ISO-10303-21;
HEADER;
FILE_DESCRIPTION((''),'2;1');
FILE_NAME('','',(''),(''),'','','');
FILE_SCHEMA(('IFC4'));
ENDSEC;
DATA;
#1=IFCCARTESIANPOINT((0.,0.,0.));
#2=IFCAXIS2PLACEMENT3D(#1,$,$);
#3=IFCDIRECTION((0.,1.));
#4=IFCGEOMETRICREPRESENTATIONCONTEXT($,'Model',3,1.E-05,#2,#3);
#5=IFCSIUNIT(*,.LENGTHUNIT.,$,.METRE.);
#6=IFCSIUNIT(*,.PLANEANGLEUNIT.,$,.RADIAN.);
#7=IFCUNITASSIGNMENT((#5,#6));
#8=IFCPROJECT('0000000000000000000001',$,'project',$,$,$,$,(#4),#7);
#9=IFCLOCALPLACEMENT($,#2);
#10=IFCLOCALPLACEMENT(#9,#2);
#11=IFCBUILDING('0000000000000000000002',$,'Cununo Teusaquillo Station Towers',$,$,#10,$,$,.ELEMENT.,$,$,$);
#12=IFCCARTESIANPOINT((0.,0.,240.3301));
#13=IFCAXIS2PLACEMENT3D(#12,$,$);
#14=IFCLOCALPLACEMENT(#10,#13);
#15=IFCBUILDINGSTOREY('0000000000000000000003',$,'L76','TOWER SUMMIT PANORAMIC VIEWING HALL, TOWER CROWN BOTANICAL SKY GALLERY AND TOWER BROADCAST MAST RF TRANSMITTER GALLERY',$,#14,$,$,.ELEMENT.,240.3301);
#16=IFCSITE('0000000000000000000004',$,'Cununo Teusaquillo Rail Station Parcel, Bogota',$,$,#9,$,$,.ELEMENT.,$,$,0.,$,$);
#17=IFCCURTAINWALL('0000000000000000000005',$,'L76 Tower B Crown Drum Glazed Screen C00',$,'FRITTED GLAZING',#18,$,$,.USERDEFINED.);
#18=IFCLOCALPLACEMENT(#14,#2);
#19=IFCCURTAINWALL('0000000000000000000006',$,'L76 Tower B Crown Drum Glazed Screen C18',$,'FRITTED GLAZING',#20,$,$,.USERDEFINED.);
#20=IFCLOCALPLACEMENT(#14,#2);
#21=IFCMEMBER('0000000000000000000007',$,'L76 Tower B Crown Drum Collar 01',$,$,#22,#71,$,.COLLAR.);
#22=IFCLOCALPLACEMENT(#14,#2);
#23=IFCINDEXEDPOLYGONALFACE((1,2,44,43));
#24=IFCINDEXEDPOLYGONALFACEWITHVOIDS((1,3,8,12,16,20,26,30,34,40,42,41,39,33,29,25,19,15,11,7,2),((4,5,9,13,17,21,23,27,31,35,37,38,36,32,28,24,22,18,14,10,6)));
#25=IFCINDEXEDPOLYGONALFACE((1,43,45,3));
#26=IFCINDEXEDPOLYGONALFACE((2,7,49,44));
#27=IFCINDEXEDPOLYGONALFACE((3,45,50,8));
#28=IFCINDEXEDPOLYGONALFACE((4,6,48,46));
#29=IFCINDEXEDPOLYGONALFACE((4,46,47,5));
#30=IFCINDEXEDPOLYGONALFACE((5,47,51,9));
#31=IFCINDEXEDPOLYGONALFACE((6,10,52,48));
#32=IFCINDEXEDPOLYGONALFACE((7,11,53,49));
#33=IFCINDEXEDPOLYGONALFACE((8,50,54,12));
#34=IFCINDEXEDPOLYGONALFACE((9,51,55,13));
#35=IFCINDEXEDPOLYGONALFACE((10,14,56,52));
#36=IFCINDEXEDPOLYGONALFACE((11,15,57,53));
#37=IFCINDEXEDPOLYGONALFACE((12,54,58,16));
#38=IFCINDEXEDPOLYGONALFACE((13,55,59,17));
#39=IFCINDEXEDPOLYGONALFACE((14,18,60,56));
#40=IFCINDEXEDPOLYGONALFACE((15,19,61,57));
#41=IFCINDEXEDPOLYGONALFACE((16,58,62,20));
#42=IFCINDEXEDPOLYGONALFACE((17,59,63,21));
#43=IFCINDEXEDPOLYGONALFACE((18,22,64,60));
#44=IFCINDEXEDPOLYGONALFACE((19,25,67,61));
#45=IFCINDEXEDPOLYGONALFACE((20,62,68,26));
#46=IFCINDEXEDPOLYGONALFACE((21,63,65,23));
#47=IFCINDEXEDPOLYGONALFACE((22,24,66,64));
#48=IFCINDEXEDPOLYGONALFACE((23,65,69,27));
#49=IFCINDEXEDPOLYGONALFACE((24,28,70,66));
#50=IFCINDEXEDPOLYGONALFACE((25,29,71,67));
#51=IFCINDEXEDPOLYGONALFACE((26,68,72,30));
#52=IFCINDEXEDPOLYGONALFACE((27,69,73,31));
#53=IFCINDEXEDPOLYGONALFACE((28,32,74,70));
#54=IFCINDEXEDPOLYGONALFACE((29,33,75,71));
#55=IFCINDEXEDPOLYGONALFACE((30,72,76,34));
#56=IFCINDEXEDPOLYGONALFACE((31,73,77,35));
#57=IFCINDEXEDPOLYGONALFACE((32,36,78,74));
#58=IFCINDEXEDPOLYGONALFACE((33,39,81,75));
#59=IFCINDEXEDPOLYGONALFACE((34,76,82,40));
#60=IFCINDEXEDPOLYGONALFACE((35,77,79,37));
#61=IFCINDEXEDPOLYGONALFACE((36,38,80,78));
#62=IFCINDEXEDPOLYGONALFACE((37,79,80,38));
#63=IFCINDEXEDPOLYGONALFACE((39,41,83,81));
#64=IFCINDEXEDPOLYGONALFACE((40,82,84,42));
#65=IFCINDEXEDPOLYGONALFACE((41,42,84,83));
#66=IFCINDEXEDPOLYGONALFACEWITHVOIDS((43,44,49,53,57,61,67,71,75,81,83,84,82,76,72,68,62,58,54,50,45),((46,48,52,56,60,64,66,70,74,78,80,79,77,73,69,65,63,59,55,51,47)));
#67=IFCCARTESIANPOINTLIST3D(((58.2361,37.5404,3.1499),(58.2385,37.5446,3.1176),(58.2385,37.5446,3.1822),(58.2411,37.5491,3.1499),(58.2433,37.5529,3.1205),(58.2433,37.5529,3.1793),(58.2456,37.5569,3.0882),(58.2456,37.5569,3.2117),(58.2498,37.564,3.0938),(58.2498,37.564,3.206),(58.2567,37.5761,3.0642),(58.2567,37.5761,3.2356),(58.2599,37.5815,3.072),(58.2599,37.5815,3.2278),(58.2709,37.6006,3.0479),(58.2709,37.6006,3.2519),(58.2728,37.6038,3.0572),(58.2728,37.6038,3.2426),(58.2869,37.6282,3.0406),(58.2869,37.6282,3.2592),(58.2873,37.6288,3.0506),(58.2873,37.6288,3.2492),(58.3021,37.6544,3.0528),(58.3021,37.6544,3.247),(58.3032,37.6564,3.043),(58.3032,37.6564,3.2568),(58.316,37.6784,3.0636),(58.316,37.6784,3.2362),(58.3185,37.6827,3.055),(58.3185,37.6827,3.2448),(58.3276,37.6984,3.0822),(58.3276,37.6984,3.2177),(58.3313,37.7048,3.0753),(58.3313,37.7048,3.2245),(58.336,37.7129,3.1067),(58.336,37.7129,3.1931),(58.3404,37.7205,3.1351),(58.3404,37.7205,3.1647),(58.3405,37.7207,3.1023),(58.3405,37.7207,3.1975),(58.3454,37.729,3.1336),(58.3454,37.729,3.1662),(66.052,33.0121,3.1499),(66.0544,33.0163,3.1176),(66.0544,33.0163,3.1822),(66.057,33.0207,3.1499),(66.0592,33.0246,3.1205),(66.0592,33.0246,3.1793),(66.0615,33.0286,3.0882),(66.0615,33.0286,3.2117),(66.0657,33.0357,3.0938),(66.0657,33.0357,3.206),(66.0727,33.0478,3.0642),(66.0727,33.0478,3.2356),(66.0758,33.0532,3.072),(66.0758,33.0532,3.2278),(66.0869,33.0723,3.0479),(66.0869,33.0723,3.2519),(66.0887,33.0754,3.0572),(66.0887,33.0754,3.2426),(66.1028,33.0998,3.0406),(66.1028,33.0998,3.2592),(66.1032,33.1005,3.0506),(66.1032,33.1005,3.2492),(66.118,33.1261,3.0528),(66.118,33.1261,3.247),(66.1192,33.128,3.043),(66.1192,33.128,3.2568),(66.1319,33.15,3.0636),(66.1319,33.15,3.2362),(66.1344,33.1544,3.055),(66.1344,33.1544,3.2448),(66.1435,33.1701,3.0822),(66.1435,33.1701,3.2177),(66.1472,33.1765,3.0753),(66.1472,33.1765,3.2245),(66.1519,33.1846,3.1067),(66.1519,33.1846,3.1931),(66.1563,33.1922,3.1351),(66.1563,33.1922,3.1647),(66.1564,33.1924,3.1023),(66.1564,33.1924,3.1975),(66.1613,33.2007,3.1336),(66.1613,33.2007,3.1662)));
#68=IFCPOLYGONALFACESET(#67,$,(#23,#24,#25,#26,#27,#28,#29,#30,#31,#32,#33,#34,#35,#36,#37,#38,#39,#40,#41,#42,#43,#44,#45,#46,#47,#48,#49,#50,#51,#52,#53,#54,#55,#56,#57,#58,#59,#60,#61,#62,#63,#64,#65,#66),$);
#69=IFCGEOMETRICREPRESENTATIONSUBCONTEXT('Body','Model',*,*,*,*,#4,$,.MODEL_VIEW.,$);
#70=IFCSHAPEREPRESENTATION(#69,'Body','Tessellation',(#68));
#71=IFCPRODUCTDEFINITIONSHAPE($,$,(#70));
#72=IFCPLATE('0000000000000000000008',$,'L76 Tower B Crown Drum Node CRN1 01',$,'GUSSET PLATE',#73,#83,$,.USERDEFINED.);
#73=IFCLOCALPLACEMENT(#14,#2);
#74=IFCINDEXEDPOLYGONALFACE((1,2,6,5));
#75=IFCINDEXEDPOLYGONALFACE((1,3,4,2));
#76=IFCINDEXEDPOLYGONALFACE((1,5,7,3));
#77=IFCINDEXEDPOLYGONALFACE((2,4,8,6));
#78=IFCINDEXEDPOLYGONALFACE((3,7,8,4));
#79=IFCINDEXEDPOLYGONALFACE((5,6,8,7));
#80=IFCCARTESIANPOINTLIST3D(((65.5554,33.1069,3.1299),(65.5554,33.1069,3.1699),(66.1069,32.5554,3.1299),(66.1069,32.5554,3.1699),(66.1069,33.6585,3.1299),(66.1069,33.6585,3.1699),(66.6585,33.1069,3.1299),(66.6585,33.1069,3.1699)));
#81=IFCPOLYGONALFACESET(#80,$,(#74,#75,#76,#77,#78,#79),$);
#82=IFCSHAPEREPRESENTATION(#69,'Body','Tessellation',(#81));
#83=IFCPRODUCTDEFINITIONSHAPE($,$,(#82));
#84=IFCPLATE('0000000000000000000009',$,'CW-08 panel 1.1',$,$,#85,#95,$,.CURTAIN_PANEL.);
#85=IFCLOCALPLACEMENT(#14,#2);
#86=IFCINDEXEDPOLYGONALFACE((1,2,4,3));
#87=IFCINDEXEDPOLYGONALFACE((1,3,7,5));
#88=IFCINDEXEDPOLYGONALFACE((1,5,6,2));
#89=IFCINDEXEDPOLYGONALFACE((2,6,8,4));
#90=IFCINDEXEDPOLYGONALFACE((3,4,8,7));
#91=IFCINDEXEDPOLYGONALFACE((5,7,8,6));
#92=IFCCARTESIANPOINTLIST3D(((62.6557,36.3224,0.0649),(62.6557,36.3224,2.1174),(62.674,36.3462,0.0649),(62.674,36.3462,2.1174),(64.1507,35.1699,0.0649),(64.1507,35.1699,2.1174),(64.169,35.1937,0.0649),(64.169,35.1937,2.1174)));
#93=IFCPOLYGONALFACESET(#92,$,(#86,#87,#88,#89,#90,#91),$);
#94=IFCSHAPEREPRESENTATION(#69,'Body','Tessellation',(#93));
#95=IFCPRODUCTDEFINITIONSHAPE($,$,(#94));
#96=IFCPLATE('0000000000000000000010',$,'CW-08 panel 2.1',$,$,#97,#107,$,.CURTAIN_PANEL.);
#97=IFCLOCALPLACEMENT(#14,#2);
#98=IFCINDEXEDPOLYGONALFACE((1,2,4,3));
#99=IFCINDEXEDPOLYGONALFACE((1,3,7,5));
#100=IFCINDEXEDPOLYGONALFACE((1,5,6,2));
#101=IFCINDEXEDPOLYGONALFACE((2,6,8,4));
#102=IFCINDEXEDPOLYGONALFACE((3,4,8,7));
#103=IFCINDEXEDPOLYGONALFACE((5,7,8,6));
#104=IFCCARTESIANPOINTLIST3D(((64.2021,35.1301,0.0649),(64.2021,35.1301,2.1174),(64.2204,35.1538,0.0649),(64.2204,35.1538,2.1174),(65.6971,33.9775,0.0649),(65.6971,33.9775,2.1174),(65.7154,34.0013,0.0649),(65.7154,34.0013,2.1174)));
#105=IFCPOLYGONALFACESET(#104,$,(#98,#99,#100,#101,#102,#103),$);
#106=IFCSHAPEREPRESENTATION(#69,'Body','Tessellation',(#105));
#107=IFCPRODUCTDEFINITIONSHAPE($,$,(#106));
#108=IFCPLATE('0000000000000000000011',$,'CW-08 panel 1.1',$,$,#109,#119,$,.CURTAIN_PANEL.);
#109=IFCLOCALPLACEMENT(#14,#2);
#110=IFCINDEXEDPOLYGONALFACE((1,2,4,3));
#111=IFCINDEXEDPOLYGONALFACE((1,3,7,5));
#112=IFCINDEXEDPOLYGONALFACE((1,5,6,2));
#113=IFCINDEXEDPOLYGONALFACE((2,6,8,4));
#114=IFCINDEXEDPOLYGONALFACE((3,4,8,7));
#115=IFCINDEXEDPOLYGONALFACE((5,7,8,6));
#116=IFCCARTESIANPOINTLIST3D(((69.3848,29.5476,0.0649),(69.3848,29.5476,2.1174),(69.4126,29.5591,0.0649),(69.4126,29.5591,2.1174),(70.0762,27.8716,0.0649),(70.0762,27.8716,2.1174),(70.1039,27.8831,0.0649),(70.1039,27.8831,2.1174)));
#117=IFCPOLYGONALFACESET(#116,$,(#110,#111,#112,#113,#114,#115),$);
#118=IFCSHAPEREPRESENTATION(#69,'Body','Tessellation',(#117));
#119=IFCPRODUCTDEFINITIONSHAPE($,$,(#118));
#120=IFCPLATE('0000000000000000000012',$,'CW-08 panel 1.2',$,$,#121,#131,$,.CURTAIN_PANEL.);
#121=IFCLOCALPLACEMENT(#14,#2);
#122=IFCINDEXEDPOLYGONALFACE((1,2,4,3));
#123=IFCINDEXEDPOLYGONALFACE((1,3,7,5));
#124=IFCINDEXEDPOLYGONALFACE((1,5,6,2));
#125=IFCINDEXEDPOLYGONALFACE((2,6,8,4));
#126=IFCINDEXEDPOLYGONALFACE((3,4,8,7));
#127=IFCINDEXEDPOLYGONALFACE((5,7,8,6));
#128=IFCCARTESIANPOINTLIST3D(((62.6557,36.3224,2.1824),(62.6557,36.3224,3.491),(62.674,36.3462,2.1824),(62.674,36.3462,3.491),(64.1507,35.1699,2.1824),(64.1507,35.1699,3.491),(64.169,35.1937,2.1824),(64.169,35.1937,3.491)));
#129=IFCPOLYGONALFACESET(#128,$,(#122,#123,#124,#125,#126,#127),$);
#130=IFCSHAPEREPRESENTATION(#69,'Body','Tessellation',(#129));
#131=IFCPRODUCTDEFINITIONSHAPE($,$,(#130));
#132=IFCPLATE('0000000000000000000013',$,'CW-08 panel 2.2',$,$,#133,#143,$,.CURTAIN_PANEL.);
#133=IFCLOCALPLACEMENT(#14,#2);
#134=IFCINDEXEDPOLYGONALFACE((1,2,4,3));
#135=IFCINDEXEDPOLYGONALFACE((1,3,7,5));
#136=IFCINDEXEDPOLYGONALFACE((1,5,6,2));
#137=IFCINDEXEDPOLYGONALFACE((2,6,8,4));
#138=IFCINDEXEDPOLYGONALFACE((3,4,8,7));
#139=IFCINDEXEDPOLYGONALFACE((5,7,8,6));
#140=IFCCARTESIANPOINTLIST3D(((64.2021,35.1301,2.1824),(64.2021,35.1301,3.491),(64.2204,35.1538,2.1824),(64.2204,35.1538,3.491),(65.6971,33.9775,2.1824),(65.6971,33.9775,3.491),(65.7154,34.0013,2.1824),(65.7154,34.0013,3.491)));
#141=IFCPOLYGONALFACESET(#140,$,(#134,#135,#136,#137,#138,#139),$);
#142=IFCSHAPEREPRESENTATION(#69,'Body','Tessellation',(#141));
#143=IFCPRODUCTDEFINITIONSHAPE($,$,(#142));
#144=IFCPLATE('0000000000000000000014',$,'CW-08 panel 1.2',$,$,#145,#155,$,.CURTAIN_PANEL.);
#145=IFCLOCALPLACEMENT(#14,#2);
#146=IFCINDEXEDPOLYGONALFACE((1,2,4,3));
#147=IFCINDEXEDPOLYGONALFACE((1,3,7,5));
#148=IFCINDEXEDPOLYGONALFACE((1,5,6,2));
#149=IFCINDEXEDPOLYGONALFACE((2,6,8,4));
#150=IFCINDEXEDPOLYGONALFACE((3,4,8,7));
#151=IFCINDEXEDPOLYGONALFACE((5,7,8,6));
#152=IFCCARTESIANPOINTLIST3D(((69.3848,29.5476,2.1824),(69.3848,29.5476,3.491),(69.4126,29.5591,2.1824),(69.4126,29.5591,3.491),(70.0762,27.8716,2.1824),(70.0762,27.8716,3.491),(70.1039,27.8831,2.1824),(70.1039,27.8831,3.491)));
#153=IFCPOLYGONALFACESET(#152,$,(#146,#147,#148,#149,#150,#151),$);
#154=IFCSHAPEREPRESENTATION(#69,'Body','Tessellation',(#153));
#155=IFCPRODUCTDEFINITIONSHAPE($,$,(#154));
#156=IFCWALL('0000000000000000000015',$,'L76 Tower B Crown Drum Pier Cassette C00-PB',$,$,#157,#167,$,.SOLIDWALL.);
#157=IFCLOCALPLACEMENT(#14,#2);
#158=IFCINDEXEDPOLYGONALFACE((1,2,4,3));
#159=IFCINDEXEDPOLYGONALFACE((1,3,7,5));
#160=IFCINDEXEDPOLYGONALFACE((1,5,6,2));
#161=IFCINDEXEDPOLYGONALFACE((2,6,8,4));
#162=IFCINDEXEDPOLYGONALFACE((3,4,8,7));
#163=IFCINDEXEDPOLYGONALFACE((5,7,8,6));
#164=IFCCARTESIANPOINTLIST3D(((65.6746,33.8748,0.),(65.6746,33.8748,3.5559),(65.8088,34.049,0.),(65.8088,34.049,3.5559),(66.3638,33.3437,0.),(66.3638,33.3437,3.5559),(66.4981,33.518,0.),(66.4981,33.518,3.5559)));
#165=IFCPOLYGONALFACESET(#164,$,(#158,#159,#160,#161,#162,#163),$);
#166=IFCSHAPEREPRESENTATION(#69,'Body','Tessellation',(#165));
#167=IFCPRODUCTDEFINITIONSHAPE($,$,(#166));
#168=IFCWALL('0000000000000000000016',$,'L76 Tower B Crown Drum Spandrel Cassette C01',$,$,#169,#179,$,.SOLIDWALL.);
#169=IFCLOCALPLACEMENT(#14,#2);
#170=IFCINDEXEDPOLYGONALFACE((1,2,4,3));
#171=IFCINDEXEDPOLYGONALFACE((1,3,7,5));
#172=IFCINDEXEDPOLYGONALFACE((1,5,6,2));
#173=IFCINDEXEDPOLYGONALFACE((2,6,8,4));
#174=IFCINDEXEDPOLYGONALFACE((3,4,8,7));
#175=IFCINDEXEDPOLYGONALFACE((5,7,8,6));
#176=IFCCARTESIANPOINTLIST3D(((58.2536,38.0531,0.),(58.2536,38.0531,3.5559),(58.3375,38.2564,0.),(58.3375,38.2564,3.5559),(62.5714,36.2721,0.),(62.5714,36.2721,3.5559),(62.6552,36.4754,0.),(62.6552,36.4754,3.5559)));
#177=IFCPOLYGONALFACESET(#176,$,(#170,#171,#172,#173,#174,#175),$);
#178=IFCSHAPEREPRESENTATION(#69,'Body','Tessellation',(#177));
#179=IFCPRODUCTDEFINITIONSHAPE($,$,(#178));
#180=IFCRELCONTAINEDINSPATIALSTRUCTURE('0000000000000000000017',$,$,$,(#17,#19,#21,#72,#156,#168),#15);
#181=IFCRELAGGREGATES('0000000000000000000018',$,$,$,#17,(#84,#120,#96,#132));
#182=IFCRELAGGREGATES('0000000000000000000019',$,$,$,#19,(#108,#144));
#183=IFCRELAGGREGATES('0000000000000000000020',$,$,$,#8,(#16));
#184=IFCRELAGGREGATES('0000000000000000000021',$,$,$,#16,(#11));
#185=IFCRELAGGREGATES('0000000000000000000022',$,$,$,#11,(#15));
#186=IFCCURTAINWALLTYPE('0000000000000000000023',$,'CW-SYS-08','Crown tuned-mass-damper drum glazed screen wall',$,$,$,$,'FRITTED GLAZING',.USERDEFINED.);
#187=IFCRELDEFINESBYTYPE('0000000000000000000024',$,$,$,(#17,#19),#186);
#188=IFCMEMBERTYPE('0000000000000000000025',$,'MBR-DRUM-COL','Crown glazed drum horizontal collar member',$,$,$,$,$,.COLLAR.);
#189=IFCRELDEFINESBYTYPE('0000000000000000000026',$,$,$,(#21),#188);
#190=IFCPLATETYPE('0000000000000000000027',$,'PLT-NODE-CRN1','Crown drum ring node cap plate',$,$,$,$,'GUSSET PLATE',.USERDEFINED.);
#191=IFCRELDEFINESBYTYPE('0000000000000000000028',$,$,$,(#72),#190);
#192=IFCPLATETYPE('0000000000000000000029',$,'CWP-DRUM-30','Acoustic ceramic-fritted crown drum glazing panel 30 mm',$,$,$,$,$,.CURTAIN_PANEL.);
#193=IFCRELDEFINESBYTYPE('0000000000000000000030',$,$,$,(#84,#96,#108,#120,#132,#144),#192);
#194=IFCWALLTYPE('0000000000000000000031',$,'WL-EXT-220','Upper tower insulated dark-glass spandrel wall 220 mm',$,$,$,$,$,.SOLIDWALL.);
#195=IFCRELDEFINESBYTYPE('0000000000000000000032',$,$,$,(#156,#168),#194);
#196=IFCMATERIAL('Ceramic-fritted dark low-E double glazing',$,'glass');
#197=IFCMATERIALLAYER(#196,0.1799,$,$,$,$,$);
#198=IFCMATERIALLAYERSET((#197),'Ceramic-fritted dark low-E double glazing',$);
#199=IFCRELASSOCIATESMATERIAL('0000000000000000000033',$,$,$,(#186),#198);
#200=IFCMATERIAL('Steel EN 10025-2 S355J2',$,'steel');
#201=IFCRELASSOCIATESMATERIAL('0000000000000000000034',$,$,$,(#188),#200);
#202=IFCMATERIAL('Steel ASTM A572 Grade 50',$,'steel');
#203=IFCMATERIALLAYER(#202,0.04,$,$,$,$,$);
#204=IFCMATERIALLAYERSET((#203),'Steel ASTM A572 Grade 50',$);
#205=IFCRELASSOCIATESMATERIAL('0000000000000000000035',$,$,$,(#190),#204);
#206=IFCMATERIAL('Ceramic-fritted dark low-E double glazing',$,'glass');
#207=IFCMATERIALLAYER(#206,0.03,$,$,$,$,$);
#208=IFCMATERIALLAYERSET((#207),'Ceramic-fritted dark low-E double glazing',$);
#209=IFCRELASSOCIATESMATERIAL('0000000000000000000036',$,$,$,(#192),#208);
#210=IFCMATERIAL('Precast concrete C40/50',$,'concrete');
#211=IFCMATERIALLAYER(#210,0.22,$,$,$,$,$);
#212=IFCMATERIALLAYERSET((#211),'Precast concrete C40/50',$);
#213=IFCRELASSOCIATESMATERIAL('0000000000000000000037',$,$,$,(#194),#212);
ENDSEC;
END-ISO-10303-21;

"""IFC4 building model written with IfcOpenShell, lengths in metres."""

from ifc_helpers import new_model, si_unit, direction, frame, frame_2d, origin, origin_2d, place, context, subcontext, project, spatial, rectangle, hollow_circle, extrude, source, transform, mapped, material, layer, layer_set, material_profile, profile_set, type_object, element, aggregate, save


model = new_model("IFC4")

# Units and contexts
model_context = context("Model", 3, precision=1e-05, world=origin(), true_north=direction((0.0, 1.0)))
body_context = subcontext(model_context, "Body", "Model", "MODEL_VIEW")
ifc_project = project(units=[si_unit("LENGTHUNIT", "METRE"), si_unit("PLANEANGLEUNIT", "RADIAN")], contexts=[model_context])

# Site, building, storey
site_placement = place(None, origin())
site = spatial("IfcSite", under=ifc_project, at=site_placement, Name="Cununo Teusaquillo Rail Station Parcel, Bogota", CompositionType="ELEMENT", RefElevation=0.0)
building_placement = place(site_placement, origin())
building = spatial("IfcBuilding", under=site, at=building_placement, Name="Cununo Teusaquillo Station Towers", CompositionType="ELEMENT")
storey_placement = place(building_placement, frame((0.0, 0.0, 240.3301)))
storey = spatial("IfcBuildingStorey", under=building, at=storey_placement, Name="L76", Description="TOWER SUMMIT PANORAMIC VIEWING HALL, TOWER CROWN BOTANICAL SKY GALLERY AND TOWER BROADCAST MAST RF TRANSMITTER GALLERY", CompositionType="ELEMENT", Elevation=240.3301)

# Curtain wall
ifc_material_1 = material(Name="Ceramic-fritted dark low-E double glazing", Category="glass")
ifc_layer_1 = layer(ifc_material_1, 0.1799)
ifc_layer_set_1 = layer_set([ifc_layer_1], Name="Ceramic-fritted dark low-E double glazing")
curtain_wall_type = type_object("IfcCurtainWallType", Name="CW-SYS-08", Description="Crown tuned-mass-damper drum glazed screen wall", ElementType="FRITTED GLAZING", PredefinedType="USERDEFINED", material=ifc_layer_set_1)
curtain_wall_1_placement = place(storey_placement, origin())
curtain_wall_1 = element("IfcCurtainWall", 1, at=curtain_wall_1_placement, inside=storey, type_object=curtain_wall_type, Name="L76 Tower B Crown Drum Glazed Screen C00", ObjectType="FRITTED GLAZING", PredefinedType="USERDEFINED")

# Curtain wall
curtain_wall_2_placement = place(storey_placement, origin())
curtain_wall_2 = element("IfcCurtainWall", 2, at=curtain_wall_2_placement, inside=storey, type_object=curtain_wall_type, Name="L76 Tower B Crown Drum Glazed Screen C18", ObjectType="FRITTED GLAZING", PredefinedType="USERDEFINED")

# Member
ifc_material_2 = material(Name="Steel EN 10025-2 S355J2", Category="steel")
ifc_material_profile_1 = material_profile(ifc_material_2, hollow_circle(Radius=0.1096, WallThickness=0.01, at=origin_2d()), Name="CHS 219x10")
ifc_profile_set_1 = profile_set([ifc_material_profile_1], Name="Steel EN 10025-2 S355J2")
member_type_1 = type_object("IfcMemberType", Name="MBR-DRUM-COL", Description="Crown glazed drum horizontal collar member", PredefinedType="COLLAR", material=ifc_profile_set_1)
member_1_placement = place(storey_placement, frame((66.1069, 33.1069, 3.1499), z_axis=(-0.865267, 0.501311, 0.0), x_axis=(-0.501311, -0.865267, 0.0)))
element("IfcMember", 3, at=member_1_placement, inside=storey, type_object=member_type_1, Name="L76 Tower B Crown Drum Collar 01", PredefinedType="COLLAR", context=body_context, shape_type="SweptSolid", body=[
    extrude(hollow_circle(Radius=0.1096, WallThickness=0.01, at=origin_2d()), origin(), (0.0, 0.0, 1.0), 9.033),
])

# Plates
ifc_material_3 = material(Name="Steel ASTM A572 Grade 50", Category="steel")
ifc_layer_2 = layer(ifc_material_3, 0.04)
ifc_layer_set_2 = layer_set([ifc_layer_2], Name="Steel ASTM A572 Grade 50")
plate_type_1 = type_object("IfcPlateType", Name="PLT-NODE-CRN1", Description="Crown drum ring node cap plate", ElementType="GUSSET PLATE", PredefinedType="USERDEFINED", material=ifc_layer_set_2)
shared_shape_1 = source(origin(), body_context, "Body", "SweptSolid", [
    extrude(rectangle(XDim=0.78, YDim=0.78, at=origin_2d()), origin(), (0.0, 0.0, 1.0), 0.04),
])
plate_1_placement = place(storey_placement, frame((66.1069, 33.1069, 3.1299), z_axis=(0.0, 0.0, 1.0), x_axis=(0.707107, 0.707107, 0.0)))
element("IfcPlate", 4, at=plate_1_placement, inside=storey, type_object=plate_type_1, Name="L76 Tower B Crown Drum Node CRN1 01", ObjectType="GUSSET PLATE", PredefinedType="USERDEFINED", context=body_context, shape_type="MappedRepresentation", body=[
    mapped(shared_shape_1, transform((0.0, 0.0, 0.0), x_axis=(1.0, 0.0, 0.0), y_axis=(0.0, 1.0, 0.0), z_axis=(0.0, 0.0, 1.0), scale=1.0)),
])
ifc_material_4 = material(Name="Ceramic-fritted dark low-E double glazing", Category="glass")
ifc_layer_3 = layer(ifc_material_4, 0.03)
ifc_layer_set_3 = layer_set([ifc_layer_3], Name="Ceramic-fritted dark low-E double glazing")
plate_type_2 = type_object("IfcPlateType", Name="CWP-DRUM-30", Description="Acoustic ceramic-fritted crown drum glazing panel 30 mm", PredefinedType="CURTAIN_PANEL", material=ifc_layer_set_3)
shared_shape_2 = source(origin(), body_context, "Body", "SweptSolid", [
    extrude(rectangle(XDim=1.8877, YDim=0.03, at=origin_2d()), origin(), (0.0, 0.0, 1.0), 2.0525),
])
plate_2_placement = place(storey_placement, frame((63.4124, 35.7581, 0.0649), z_axis=(0.0, 0.0, 1.0), x_axis=(0.791965, -0.610566, 0.0)))
plate_2 = element("IfcPlate", 5, at=plate_2_placement, type_object=plate_type_2, Name="CW-08 panel 1.1", PredefinedType="CURTAIN_PANEL", context=body_context, shape_type="MappedRepresentation", body=[
    mapped(shared_shape_2, transform((0.0, 0.0, 0.0), x_axis=(1.0, 0.0, 0.0), y_axis=(0.0, 1.0, 0.0), z_axis=(0.0, 0.0, 1.0), scale=1.0)),
])
plate_3_placement = place(storey_placement, frame((64.9587, 34.5657, 0.0649), z_axis=(0.0, 0.0, 1.0), x_axis=(0.791965, -0.610566, 0.0)))
plate_3 = element("IfcPlate", 6, at=plate_3_placement, type_object=plate_type_2, Name="CW-08 panel 2.1", PredefinedType="CURTAIN_PANEL", context=body_context, shape_type="MappedRepresentation", body=[
    mapped(shared_shape_2, transform((0.0, 0.0, 0.0), x_axis=(1.0, 0.0, 0.0), y_axis=(0.0, 1.0, 0.0), z_axis=(0.0, 0.0, 1.0), scale=1.0)),
])
shared_shape_3 = source(origin(), body_context, "Body", "SweptSolid", [
    extrude(rectangle(XDim=1.813, YDim=0.03, at=origin_2d()), origin(), (0.0, 0.0, 1.0), 2.0525),
])
plate_4_placement = place(storey_placement, frame((69.7444, 28.7153, 0.0649), z_axis=(0.0, 0.0, 1.0), x_axis=(0.381311, -0.924447, 0.0)))
plate_4 = element("IfcPlate", 7, at=plate_4_placement, type_object=plate_type_2, Name="CW-08 panel 1.1", PredefinedType="CURTAIN_PANEL", context=body_context, shape_type="MappedRepresentation", body=[
    mapped(shared_shape_3, transform((0.0, 0.0, 0.0), x_axis=(1.0, 0.0, 0.0), y_axis=(0.0, 1.0, 0.0), z_axis=(0.0, 0.0, 1.0), scale=1.0)),
])
shared_shape_4 = source(origin(), body_context, "Body", "SweptSolid", [
    extrude(rectangle(XDim=1.8877, YDim=0.03, at=origin_2d()), origin(), (0.0, 0.0, 1.0), 1.3086),
])
plate_5_placement = place(storey_placement, frame((63.4124, 35.7581, 2.1824), z_axis=(0.0, 0.0, 1.0), x_axis=(0.791965, -0.610566, 0.0)))
plate_5 = element("IfcPlate", 8, at=plate_5_placement, type_object=plate_type_2, Name="CW-08 panel 1.2", PredefinedType="CURTAIN_PANEL", context=body_context, shape_type="MappedRepresentation", body=[
    mapped(shared_shape_4, transform((0.0, 0.0, 0.0), x_axis=(1.0, 0.0, 0.0), y_axis=(0.0, 1.0, 0.0), z_axis=(0.0, 0.0, 1.0), scale=1.0)),
])
plate_6_placement = place(storey_placement, frame((64.9587, 34.5657, 2.1824), z_axis=(0.0, 0.0, 1.0), x_axis=(0.791965, -0.610566, 0.0)))
plate_6 = element("IfcPlate", 9, at=plate_6_placement, type_object=plate_type_2, Name="CW-08 panel 2.2", PredefinedType="CURTAIN_PANEL", context=body_context, shape_type="MappedRepresentation", body=[
    mapped(shared_shape_4, transform((0.0, 0.0, 0.0), x_axis=(1.0, 0.0, 0.0), y_axis=(0.0, 1.0, 0.0), z_axis=(0.0, 0.0, 1.0), scale=1.0)),
])
aggregate(curtain_wall_1, [plate_2, plate_5, plate_3, plate_6])
shared_shape_5 = source(origin(), body_context, "Body", "SweptSolid", [
    extrude(rectangle(XDim=1.813, YDim=0.03, at=origin_2d()), origin(), (0.0, 0.0, 1.0), 1.3086),
])
plate_7_placement = place(storey_placement, frame((69.7444, 28.7153, 2.1824), z_axis=(0.0, 0.0, 1.0), x_axis=(0.381311, -0.924447, 0.0)))
plate_7 = element("IfcPlate", 10, at=plate_7_placement, type_object=plate_type_2, Name="CW-08 panel 1.2", PredefinedType="CURTAIN_PANEL", context=body_context, shape_type="MappedRepresentation", body=[
    mapped(shared_shape_5, transform((0.0, 0.0, 0.0), x_axis=(1.0, 0.0, 0.0), y_axis=(0.0, 1.0, 0.0), z_axis=(0.0, 0.0, 1.0), scale=1.0)),
])
aggregate(curtain_wall_2, [plate_4, plate_7])

# Walls
ifc_material_5 = material(Name="Precast concrete C40/50", Category="concrete")
ifc_layer_4 = layer(ifc_material_5, 0.22)
ifc_layer_set_4 = layer_set([ifc_layer_4], Name="Precast concrete C40/50")
wall_type = type_object("IfcWallType", Name="WL-EXT-220", Description="Upper tower insulated dark-glass spandrel wall 220 mm", PredefinedType="SOLIDWALL", material=ifc_layer_set_4)
wall_1_placement = place(storey_placement, frame((65.7417, 33.9619, 0.0), z_axis=(0.0, 0.0, 1.0), x_axis=(0.792154, -0.610321, 0.0)))
element("IfcWall", 11, at=wall_1_placement, inside=storey, type_object=wall_type, Name="L76 Tower B Crown Drum Pier Cassette C00-PB", PredefinedType="SOLIDWALL", context=body_context, shape_type="SweptSolid", body=[
    extrude(rectangle(XDim=0.8701, YDim=0.22, at=frame_2d((0.4351, 0.0))), origin(), (0.0, 0.0, 1.0), 3.5559),
])
wall_2_placement = place(storey_placement, frame((58.2954, 38.1548, 0.0), z_axis=(0.0, 0.0, 1.0), x_axis=(0.924447, -0.38131, 0.0)))
element("IfcWall", 12, at=wall_2_placement, inside=storey, type_object=wall_type, Name="L76 Tower B Crown Drum Spandrel Cassette C01", PredefinedType="SOLIDWALL", context=body_context, shape_type="SweptSolid", body=[
    extrude(rectangle(XDim=4.6707, YDim=0.22, at=frame_2d((2.3354, 0.0))), origin(), (0.0, 0.0, 1.0), 3.5559),
])

save(model, "model.ifc")
